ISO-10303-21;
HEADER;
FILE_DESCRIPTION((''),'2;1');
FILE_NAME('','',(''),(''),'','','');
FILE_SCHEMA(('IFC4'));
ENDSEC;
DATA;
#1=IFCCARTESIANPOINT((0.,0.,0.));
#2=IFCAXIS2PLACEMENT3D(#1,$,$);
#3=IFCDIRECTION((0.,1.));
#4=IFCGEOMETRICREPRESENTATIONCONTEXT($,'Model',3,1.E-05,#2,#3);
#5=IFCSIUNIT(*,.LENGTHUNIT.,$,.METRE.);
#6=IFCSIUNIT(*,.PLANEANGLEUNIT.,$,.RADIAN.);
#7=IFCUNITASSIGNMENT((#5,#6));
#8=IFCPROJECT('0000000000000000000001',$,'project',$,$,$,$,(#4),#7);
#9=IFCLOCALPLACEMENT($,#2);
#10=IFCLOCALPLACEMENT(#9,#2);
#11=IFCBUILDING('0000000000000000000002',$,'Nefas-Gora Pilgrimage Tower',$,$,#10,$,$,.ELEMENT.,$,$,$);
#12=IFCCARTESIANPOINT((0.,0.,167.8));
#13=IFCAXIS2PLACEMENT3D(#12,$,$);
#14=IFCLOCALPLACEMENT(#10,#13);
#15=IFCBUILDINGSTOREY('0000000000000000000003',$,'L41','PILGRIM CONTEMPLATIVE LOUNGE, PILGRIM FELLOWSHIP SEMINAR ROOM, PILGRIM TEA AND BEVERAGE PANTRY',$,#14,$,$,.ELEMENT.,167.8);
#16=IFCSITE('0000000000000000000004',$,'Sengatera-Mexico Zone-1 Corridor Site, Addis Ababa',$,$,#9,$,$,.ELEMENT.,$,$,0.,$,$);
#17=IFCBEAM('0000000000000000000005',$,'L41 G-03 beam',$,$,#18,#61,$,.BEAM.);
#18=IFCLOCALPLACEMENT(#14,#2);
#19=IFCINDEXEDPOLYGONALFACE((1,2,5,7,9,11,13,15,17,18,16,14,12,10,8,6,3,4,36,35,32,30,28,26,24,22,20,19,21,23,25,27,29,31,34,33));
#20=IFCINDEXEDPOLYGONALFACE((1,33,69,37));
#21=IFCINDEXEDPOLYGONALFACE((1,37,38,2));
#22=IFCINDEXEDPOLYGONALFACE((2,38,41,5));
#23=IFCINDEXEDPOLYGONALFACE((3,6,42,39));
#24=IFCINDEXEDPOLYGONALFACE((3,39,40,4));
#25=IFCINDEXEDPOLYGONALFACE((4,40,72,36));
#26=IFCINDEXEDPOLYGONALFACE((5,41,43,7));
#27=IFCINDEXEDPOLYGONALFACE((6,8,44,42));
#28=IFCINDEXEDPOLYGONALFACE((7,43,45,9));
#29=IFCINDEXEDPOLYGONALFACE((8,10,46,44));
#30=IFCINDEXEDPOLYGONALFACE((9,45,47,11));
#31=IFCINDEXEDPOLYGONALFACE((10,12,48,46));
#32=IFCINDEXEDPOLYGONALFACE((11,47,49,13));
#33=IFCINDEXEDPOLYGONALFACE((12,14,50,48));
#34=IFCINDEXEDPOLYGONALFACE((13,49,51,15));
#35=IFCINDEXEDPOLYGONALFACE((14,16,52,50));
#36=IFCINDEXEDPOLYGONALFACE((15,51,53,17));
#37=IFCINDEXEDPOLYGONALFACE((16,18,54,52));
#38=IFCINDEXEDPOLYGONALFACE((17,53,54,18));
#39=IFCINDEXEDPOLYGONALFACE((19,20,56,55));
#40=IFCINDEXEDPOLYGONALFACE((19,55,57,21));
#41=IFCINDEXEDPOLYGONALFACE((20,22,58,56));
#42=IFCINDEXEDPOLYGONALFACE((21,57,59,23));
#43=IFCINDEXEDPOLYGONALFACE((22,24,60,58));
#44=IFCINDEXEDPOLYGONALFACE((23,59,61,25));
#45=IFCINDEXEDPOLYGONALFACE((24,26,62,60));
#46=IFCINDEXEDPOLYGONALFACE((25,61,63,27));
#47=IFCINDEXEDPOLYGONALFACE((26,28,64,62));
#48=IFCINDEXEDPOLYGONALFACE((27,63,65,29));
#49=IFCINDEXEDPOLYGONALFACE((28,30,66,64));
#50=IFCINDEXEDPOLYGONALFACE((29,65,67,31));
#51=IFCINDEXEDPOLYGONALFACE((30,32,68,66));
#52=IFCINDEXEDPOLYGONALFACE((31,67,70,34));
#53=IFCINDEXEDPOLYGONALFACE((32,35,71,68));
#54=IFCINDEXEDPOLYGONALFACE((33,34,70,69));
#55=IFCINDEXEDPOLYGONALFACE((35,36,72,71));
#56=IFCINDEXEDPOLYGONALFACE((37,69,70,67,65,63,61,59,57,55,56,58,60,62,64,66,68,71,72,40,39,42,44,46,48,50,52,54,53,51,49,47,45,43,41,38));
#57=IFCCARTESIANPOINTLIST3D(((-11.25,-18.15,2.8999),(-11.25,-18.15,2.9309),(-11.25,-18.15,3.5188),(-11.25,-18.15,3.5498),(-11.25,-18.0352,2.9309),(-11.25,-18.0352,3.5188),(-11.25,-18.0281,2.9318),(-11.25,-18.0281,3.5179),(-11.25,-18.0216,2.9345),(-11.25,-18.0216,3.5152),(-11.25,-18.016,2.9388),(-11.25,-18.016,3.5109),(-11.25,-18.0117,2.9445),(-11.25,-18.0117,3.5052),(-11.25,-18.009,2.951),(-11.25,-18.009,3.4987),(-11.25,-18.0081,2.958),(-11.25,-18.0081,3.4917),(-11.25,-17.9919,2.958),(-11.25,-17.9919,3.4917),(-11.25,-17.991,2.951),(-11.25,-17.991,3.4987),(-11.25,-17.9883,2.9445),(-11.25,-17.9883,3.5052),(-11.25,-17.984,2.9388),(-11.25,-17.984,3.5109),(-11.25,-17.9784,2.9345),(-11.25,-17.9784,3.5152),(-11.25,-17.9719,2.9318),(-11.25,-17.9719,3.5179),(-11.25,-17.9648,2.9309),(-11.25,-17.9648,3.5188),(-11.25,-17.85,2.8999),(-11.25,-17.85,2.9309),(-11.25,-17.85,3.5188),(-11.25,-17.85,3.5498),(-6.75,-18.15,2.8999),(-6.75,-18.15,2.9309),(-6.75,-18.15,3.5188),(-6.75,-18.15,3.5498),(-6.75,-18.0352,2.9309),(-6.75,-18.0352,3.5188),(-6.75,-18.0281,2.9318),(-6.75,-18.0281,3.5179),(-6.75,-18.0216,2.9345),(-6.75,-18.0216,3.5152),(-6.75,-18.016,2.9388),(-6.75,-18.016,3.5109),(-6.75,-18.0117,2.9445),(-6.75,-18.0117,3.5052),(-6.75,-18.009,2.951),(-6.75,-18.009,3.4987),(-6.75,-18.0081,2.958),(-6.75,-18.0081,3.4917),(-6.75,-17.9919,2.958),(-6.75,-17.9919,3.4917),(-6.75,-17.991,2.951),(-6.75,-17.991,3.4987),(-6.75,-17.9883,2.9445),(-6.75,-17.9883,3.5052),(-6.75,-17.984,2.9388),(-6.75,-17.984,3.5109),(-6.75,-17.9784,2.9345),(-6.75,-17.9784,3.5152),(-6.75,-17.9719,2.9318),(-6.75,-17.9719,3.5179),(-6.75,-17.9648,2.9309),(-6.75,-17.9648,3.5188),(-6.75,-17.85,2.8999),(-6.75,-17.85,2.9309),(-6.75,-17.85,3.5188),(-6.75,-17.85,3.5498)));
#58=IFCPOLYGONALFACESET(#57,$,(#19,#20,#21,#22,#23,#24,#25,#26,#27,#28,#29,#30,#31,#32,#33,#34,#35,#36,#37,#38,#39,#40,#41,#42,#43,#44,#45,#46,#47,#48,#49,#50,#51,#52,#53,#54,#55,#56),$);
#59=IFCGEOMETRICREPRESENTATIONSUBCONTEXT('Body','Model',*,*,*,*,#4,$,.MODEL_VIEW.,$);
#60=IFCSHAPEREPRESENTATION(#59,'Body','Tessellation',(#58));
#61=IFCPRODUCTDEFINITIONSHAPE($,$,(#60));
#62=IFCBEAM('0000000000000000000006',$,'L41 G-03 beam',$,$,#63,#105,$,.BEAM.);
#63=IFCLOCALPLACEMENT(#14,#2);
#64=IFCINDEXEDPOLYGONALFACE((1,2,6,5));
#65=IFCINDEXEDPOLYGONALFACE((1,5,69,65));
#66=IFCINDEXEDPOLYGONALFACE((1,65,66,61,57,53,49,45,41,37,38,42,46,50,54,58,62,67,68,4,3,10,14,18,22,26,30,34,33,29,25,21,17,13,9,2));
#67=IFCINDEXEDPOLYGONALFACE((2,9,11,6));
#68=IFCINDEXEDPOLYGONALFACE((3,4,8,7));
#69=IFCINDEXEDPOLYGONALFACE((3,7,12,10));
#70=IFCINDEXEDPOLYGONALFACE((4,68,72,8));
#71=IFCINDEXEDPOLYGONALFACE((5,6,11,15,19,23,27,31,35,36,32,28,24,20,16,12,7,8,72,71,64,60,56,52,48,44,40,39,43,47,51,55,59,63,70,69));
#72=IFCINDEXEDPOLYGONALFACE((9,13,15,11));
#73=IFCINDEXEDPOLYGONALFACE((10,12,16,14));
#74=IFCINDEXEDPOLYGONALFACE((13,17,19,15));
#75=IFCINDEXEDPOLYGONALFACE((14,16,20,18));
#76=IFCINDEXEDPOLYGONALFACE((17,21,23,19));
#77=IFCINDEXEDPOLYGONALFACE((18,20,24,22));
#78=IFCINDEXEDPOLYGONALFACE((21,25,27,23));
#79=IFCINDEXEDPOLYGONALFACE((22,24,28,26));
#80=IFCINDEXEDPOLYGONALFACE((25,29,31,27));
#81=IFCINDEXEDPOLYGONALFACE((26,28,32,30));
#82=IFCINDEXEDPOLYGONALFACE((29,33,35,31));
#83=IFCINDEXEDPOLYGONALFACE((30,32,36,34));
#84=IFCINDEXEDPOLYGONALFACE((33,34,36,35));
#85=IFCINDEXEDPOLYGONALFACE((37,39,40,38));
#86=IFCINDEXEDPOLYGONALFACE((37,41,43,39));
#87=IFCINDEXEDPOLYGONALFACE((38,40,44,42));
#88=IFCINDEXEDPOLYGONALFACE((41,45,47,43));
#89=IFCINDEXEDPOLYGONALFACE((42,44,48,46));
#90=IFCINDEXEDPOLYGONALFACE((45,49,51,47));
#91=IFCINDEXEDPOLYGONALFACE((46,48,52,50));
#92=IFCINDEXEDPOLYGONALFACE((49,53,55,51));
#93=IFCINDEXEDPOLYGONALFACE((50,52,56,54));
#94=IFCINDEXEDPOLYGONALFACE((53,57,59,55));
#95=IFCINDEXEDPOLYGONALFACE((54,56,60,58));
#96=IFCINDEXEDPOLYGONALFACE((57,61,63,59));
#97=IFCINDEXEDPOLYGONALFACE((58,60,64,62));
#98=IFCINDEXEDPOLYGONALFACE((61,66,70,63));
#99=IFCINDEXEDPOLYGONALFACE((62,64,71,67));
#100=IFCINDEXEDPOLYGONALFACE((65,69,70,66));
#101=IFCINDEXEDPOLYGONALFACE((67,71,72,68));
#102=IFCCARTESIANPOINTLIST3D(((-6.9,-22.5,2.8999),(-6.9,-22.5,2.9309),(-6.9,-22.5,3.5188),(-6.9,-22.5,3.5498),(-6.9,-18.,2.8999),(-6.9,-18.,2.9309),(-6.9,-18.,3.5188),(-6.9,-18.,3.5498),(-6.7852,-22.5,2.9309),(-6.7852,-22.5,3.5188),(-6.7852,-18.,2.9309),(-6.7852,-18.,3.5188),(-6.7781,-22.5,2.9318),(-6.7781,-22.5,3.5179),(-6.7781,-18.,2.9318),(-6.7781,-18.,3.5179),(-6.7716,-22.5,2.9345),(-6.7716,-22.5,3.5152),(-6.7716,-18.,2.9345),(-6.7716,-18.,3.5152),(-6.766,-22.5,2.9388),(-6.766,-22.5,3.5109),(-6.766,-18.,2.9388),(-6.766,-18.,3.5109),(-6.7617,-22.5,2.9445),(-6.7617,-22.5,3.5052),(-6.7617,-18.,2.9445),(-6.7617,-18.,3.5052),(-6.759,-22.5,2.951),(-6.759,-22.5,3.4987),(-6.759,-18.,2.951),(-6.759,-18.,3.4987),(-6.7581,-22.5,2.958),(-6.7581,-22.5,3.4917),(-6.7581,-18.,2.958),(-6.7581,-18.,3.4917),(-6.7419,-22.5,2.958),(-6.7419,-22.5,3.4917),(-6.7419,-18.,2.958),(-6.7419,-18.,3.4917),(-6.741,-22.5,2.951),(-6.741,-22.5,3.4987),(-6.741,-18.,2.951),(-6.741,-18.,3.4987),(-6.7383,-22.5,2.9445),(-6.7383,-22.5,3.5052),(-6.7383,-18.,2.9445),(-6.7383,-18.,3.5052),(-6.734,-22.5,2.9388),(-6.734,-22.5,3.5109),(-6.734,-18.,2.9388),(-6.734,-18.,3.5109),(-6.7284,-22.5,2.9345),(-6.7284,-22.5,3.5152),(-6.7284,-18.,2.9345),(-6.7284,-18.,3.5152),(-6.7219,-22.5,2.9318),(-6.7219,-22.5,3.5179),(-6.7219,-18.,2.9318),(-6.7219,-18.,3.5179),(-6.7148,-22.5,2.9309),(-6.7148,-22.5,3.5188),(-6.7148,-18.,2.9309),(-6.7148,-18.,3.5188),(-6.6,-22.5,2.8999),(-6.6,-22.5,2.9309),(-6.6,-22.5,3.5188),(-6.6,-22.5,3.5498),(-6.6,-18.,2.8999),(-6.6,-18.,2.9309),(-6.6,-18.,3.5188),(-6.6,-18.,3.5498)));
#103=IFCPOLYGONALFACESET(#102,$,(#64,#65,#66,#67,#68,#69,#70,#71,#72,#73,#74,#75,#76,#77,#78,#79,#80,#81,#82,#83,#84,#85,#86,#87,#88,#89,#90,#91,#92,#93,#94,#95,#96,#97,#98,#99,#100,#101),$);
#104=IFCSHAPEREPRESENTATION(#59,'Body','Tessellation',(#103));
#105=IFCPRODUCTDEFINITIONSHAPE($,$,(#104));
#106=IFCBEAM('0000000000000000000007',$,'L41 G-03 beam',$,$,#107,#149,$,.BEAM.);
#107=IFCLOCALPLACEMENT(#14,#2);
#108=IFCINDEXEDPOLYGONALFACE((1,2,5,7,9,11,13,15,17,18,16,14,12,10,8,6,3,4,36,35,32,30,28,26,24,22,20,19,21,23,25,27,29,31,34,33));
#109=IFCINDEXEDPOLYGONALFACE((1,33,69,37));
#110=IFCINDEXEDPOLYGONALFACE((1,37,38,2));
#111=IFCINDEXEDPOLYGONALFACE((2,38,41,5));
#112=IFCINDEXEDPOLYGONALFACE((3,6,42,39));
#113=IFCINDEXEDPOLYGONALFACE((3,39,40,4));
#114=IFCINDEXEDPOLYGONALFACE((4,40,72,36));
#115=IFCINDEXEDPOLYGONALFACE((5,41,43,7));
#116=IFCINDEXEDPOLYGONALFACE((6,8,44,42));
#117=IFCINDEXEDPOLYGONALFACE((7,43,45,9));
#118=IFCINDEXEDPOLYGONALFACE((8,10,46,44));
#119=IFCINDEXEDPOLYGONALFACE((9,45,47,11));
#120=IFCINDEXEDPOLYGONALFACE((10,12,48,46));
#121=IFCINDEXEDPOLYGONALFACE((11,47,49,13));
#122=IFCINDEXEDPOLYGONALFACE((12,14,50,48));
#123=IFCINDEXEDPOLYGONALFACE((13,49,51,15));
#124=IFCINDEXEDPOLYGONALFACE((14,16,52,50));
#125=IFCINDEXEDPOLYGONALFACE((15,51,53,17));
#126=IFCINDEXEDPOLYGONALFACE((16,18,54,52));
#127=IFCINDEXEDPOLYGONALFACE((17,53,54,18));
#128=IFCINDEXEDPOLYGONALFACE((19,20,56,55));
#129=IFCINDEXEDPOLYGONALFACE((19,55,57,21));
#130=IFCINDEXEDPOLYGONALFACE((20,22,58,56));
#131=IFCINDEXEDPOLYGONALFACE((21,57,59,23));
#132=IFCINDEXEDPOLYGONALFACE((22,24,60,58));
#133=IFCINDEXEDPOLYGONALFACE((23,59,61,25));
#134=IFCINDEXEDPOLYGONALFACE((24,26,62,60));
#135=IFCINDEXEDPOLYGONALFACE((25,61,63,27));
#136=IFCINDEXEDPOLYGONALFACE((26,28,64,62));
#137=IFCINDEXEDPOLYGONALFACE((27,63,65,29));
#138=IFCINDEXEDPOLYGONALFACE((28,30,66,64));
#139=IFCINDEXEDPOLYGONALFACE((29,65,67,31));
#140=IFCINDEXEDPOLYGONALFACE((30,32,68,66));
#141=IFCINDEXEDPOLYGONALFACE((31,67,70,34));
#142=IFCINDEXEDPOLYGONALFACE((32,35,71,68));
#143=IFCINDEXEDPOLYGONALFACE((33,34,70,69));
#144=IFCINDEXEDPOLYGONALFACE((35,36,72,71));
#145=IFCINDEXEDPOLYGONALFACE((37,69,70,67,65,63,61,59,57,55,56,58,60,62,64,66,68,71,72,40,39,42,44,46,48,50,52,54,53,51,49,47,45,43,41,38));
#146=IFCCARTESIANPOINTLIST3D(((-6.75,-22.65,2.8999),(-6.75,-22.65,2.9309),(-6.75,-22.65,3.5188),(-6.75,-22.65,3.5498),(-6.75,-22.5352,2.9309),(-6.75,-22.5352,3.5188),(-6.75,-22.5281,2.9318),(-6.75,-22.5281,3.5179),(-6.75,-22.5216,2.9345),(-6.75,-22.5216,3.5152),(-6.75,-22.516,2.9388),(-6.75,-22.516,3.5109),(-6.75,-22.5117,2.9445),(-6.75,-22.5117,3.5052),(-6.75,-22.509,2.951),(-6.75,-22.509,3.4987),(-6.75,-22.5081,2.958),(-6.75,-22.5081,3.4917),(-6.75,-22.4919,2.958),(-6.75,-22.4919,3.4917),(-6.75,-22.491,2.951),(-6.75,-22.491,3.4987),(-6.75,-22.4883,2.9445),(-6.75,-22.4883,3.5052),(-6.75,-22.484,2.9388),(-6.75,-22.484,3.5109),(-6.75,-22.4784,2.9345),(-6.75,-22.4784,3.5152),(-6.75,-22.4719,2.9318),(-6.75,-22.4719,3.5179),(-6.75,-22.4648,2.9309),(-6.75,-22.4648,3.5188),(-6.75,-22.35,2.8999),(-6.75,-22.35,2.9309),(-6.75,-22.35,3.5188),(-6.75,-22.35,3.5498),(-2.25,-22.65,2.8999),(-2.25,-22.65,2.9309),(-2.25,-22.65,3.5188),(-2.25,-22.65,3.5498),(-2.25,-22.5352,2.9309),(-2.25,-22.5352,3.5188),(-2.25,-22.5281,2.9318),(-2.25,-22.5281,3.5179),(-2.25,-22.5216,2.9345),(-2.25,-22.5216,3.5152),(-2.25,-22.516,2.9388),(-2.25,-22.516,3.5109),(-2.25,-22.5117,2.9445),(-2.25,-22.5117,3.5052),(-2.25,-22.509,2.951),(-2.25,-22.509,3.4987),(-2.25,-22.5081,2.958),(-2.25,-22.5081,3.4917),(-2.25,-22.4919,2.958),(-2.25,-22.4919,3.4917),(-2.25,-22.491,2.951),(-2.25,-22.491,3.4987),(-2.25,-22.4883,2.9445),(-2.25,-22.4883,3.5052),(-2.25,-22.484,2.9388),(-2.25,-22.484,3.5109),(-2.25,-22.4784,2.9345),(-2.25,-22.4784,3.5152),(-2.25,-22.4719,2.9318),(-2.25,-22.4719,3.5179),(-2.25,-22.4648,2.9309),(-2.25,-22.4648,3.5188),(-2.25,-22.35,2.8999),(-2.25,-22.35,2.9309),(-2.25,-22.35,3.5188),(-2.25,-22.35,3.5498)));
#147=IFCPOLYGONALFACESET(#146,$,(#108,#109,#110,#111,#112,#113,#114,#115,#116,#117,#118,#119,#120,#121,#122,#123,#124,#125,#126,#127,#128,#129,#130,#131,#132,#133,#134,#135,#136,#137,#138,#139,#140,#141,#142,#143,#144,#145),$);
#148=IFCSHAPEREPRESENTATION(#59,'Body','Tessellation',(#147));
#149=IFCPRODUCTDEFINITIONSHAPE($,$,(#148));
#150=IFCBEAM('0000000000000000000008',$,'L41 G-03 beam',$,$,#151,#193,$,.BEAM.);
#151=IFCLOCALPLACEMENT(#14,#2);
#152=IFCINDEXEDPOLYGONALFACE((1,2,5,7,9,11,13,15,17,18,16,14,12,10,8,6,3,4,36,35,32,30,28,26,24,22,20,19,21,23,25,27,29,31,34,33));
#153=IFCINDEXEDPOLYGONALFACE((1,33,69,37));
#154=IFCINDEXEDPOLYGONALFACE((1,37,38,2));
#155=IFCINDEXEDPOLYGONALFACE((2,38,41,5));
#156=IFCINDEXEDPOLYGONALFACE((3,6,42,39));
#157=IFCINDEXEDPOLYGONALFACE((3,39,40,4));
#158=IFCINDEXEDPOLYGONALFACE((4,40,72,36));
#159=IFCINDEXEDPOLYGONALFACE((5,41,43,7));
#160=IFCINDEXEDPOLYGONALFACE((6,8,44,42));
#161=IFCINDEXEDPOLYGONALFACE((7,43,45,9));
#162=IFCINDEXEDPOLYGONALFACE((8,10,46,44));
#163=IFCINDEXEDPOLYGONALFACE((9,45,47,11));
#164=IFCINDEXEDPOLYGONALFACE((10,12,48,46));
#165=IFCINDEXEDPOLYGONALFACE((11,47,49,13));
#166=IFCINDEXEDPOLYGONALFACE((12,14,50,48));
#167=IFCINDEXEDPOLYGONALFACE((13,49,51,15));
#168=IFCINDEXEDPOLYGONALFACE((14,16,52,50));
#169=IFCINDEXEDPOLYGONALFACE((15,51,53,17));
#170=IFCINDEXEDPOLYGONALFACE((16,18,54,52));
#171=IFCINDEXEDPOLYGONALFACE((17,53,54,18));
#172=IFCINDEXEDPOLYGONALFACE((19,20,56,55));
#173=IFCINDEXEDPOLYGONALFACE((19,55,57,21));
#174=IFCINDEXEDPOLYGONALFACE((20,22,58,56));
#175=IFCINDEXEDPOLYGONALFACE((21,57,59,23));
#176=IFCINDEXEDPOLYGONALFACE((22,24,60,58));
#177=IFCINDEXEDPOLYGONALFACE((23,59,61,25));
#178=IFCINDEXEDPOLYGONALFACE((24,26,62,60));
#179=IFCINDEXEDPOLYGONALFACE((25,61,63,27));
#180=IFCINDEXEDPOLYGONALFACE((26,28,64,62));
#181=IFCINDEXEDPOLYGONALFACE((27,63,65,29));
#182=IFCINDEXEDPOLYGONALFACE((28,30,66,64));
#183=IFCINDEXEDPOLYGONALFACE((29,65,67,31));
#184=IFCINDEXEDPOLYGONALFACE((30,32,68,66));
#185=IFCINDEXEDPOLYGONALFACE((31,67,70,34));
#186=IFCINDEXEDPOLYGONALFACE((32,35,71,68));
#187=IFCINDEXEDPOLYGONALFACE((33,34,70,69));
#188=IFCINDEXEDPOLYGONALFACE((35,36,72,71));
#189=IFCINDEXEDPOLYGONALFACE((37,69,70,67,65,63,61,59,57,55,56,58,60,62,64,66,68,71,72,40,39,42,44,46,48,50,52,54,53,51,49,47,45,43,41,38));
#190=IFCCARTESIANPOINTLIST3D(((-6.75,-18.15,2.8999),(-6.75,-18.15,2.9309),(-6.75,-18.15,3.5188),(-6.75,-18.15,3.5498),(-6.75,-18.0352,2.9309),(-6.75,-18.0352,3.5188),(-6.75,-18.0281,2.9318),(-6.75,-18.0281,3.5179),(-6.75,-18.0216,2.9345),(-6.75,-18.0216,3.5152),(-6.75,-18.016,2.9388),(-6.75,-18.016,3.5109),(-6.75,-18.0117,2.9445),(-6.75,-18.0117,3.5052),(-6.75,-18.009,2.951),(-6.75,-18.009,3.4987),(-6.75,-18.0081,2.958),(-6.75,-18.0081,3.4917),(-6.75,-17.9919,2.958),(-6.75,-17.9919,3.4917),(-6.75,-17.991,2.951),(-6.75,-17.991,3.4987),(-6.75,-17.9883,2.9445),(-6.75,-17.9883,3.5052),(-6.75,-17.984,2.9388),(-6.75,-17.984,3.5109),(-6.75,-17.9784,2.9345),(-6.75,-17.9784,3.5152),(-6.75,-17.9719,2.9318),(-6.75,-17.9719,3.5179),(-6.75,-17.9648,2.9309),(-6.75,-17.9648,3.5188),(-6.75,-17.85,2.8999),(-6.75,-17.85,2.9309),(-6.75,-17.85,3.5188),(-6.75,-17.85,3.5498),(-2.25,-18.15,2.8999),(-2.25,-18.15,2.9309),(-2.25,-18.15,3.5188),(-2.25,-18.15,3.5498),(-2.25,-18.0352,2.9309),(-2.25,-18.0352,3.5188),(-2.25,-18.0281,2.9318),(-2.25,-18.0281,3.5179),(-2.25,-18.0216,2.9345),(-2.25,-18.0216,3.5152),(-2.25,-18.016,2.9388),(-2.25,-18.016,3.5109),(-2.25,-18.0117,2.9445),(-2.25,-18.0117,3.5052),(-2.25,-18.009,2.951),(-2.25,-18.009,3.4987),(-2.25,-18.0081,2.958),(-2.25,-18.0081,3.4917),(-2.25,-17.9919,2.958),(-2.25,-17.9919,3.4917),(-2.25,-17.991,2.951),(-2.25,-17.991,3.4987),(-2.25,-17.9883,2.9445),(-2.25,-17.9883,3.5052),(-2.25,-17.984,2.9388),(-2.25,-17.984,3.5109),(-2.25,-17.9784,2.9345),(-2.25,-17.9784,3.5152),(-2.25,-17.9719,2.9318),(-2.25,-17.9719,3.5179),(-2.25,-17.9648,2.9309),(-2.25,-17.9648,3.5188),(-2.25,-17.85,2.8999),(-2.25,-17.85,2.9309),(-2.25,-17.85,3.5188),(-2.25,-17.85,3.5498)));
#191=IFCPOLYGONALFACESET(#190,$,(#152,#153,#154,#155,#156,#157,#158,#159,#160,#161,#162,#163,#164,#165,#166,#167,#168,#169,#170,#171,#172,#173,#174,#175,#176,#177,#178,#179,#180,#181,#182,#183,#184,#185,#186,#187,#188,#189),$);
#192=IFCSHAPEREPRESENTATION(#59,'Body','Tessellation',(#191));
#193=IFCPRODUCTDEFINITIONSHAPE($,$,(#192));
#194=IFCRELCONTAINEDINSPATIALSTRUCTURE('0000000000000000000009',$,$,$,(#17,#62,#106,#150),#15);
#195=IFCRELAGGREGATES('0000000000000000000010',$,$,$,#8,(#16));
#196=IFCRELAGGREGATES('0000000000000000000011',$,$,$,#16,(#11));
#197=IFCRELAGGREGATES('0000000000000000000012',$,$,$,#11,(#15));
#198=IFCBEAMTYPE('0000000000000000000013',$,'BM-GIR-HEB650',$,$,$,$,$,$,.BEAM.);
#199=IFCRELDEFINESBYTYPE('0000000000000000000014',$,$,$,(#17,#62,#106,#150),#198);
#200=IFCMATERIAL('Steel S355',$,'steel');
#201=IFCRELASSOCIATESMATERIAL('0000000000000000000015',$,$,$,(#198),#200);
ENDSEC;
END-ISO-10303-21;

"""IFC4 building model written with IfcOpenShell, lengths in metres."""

from ifc_helpers import new_model, si_unit, direction, frame, origin, origin_2d, place, context, subcontext, project, spatial, i_section, extrude, source, transform, mapped, material, material_profile, profile_set, type_object, element, save


model = new_model("IFC4")

# Units and contexts
model_context = context("Model", 3, precision=1e-05, world=origin(), true_north=direction((0.0, 1.0)))
body_context = subcontext(model_context, "Body", "Model", "MODEL_VIEW")
ifc_project = project(units=[si_unit("LENGTHUNIT", "METRE"), si_unit("PLANEANGLEUNIT", "RADIAN")], contexts=[model_context])

# Site, building, storey
site_placement = place(None, origin())
site = spatial("IfcSite", under=ifc_project, at=site_placement, Name="Sengatera-Mexico Zone-1 Corridor Site, Addis Ababa", CompositionType="ELEMENT", RefElevation=0.0)
building_placement = place(site_placement, origin())
building = spatial("IfcBuilding", under=site, at=building_placement, Name="Nefas-Gora Pilgrimage Tower", CompositionType="ELEMENT")
storey_placement = place(building_placement, frame((0.0, 0.0, 167.8)))
storey = spatial("IfcBuildingStorey", under=building, at=storey_placement, Name="L41", Description="PILGRIM CONTEMPLATIVE LOUNGE, PILGRIM FELLOWSHIP SEMINAR ROOM, PILGRIM TEA AND BEVERAGE PANTRY", CompositionType="ELEMENT", Elevation=167.8)

# Beams
ifc_material_1 = material(Name="Steel S355", Category="steel")
ifc_material_profile_1 = material_profile(ifc_material_1, i_section(OverallWidth=0.3, OverallDepth=0.6499, WebThickness=0.0161, FlangeThickness=0.031, FilletRadius=0.0271, at=origin_2d()), Name="HEB 650")
ifc_profile_set_1 = profile_set([ifc_material_profile_1], Name="Steel S355")
beam_type = type_object("IfcBeamType", Name="BM-GIR-HEB650", PredefinedType="BEAM", material=ifc_profile_set_1)
shared_shape_1 = source(origin(), body_context, "Body", "SweptSolid", [
    extrude(i_section(OverallWidth=0.3, OverallDepth=0.6499, WebThickness=0.0161, FlangeThickness=0.031, FilletRadius=0.0271, at=origin_2d()), origin(), (0.0, 0.0, 1.0), 4.5),
])
for number, where, z_axis, x_axis, name in (
    (1, (-11.25, -18.0, 3.2249), (1.0, 0.0, 0.0), (0.0, 1.0, 0.0), "L41 G-03 beam"),
    (2, (-6.75, -22.5, 3.2249), (0.0, 1.0, 0.0), (-1.0, 0.0, 0.0), "L41 G-03 beam"),
    (3, (-6.75, -22.5, 3.2249), (1.0, 0.0, 0.0), (0.0, 1.0, 0.0), "L41 G-03 beam"),
    (4, (-6.75, -18.0, 3.2249), (1.0, 0.0, 0.0), (0.0, 1.0, 0.0), "L41 G-03 beam"),
):
    element("IfcBeam", number, at=place(storey_placement, frame(where, z_axis=z_axis, x_axis=x_axis)), inside=storey, type_object=beam_type, Name=name, PredefinedType="BEAM", context=body_context, shape_type="MappedRepresentation", body=[
        mapped(shared_shape_1, transform((0.0, 0.0, 0.0), x_axis=(1.0, 0.0, 0.0), y_axis=(0.0, 1.0, 0.0), z_axis=(0.0, 0.0, 1.0), scale=1.0)),
    ])

save(model, "model.ifc")
